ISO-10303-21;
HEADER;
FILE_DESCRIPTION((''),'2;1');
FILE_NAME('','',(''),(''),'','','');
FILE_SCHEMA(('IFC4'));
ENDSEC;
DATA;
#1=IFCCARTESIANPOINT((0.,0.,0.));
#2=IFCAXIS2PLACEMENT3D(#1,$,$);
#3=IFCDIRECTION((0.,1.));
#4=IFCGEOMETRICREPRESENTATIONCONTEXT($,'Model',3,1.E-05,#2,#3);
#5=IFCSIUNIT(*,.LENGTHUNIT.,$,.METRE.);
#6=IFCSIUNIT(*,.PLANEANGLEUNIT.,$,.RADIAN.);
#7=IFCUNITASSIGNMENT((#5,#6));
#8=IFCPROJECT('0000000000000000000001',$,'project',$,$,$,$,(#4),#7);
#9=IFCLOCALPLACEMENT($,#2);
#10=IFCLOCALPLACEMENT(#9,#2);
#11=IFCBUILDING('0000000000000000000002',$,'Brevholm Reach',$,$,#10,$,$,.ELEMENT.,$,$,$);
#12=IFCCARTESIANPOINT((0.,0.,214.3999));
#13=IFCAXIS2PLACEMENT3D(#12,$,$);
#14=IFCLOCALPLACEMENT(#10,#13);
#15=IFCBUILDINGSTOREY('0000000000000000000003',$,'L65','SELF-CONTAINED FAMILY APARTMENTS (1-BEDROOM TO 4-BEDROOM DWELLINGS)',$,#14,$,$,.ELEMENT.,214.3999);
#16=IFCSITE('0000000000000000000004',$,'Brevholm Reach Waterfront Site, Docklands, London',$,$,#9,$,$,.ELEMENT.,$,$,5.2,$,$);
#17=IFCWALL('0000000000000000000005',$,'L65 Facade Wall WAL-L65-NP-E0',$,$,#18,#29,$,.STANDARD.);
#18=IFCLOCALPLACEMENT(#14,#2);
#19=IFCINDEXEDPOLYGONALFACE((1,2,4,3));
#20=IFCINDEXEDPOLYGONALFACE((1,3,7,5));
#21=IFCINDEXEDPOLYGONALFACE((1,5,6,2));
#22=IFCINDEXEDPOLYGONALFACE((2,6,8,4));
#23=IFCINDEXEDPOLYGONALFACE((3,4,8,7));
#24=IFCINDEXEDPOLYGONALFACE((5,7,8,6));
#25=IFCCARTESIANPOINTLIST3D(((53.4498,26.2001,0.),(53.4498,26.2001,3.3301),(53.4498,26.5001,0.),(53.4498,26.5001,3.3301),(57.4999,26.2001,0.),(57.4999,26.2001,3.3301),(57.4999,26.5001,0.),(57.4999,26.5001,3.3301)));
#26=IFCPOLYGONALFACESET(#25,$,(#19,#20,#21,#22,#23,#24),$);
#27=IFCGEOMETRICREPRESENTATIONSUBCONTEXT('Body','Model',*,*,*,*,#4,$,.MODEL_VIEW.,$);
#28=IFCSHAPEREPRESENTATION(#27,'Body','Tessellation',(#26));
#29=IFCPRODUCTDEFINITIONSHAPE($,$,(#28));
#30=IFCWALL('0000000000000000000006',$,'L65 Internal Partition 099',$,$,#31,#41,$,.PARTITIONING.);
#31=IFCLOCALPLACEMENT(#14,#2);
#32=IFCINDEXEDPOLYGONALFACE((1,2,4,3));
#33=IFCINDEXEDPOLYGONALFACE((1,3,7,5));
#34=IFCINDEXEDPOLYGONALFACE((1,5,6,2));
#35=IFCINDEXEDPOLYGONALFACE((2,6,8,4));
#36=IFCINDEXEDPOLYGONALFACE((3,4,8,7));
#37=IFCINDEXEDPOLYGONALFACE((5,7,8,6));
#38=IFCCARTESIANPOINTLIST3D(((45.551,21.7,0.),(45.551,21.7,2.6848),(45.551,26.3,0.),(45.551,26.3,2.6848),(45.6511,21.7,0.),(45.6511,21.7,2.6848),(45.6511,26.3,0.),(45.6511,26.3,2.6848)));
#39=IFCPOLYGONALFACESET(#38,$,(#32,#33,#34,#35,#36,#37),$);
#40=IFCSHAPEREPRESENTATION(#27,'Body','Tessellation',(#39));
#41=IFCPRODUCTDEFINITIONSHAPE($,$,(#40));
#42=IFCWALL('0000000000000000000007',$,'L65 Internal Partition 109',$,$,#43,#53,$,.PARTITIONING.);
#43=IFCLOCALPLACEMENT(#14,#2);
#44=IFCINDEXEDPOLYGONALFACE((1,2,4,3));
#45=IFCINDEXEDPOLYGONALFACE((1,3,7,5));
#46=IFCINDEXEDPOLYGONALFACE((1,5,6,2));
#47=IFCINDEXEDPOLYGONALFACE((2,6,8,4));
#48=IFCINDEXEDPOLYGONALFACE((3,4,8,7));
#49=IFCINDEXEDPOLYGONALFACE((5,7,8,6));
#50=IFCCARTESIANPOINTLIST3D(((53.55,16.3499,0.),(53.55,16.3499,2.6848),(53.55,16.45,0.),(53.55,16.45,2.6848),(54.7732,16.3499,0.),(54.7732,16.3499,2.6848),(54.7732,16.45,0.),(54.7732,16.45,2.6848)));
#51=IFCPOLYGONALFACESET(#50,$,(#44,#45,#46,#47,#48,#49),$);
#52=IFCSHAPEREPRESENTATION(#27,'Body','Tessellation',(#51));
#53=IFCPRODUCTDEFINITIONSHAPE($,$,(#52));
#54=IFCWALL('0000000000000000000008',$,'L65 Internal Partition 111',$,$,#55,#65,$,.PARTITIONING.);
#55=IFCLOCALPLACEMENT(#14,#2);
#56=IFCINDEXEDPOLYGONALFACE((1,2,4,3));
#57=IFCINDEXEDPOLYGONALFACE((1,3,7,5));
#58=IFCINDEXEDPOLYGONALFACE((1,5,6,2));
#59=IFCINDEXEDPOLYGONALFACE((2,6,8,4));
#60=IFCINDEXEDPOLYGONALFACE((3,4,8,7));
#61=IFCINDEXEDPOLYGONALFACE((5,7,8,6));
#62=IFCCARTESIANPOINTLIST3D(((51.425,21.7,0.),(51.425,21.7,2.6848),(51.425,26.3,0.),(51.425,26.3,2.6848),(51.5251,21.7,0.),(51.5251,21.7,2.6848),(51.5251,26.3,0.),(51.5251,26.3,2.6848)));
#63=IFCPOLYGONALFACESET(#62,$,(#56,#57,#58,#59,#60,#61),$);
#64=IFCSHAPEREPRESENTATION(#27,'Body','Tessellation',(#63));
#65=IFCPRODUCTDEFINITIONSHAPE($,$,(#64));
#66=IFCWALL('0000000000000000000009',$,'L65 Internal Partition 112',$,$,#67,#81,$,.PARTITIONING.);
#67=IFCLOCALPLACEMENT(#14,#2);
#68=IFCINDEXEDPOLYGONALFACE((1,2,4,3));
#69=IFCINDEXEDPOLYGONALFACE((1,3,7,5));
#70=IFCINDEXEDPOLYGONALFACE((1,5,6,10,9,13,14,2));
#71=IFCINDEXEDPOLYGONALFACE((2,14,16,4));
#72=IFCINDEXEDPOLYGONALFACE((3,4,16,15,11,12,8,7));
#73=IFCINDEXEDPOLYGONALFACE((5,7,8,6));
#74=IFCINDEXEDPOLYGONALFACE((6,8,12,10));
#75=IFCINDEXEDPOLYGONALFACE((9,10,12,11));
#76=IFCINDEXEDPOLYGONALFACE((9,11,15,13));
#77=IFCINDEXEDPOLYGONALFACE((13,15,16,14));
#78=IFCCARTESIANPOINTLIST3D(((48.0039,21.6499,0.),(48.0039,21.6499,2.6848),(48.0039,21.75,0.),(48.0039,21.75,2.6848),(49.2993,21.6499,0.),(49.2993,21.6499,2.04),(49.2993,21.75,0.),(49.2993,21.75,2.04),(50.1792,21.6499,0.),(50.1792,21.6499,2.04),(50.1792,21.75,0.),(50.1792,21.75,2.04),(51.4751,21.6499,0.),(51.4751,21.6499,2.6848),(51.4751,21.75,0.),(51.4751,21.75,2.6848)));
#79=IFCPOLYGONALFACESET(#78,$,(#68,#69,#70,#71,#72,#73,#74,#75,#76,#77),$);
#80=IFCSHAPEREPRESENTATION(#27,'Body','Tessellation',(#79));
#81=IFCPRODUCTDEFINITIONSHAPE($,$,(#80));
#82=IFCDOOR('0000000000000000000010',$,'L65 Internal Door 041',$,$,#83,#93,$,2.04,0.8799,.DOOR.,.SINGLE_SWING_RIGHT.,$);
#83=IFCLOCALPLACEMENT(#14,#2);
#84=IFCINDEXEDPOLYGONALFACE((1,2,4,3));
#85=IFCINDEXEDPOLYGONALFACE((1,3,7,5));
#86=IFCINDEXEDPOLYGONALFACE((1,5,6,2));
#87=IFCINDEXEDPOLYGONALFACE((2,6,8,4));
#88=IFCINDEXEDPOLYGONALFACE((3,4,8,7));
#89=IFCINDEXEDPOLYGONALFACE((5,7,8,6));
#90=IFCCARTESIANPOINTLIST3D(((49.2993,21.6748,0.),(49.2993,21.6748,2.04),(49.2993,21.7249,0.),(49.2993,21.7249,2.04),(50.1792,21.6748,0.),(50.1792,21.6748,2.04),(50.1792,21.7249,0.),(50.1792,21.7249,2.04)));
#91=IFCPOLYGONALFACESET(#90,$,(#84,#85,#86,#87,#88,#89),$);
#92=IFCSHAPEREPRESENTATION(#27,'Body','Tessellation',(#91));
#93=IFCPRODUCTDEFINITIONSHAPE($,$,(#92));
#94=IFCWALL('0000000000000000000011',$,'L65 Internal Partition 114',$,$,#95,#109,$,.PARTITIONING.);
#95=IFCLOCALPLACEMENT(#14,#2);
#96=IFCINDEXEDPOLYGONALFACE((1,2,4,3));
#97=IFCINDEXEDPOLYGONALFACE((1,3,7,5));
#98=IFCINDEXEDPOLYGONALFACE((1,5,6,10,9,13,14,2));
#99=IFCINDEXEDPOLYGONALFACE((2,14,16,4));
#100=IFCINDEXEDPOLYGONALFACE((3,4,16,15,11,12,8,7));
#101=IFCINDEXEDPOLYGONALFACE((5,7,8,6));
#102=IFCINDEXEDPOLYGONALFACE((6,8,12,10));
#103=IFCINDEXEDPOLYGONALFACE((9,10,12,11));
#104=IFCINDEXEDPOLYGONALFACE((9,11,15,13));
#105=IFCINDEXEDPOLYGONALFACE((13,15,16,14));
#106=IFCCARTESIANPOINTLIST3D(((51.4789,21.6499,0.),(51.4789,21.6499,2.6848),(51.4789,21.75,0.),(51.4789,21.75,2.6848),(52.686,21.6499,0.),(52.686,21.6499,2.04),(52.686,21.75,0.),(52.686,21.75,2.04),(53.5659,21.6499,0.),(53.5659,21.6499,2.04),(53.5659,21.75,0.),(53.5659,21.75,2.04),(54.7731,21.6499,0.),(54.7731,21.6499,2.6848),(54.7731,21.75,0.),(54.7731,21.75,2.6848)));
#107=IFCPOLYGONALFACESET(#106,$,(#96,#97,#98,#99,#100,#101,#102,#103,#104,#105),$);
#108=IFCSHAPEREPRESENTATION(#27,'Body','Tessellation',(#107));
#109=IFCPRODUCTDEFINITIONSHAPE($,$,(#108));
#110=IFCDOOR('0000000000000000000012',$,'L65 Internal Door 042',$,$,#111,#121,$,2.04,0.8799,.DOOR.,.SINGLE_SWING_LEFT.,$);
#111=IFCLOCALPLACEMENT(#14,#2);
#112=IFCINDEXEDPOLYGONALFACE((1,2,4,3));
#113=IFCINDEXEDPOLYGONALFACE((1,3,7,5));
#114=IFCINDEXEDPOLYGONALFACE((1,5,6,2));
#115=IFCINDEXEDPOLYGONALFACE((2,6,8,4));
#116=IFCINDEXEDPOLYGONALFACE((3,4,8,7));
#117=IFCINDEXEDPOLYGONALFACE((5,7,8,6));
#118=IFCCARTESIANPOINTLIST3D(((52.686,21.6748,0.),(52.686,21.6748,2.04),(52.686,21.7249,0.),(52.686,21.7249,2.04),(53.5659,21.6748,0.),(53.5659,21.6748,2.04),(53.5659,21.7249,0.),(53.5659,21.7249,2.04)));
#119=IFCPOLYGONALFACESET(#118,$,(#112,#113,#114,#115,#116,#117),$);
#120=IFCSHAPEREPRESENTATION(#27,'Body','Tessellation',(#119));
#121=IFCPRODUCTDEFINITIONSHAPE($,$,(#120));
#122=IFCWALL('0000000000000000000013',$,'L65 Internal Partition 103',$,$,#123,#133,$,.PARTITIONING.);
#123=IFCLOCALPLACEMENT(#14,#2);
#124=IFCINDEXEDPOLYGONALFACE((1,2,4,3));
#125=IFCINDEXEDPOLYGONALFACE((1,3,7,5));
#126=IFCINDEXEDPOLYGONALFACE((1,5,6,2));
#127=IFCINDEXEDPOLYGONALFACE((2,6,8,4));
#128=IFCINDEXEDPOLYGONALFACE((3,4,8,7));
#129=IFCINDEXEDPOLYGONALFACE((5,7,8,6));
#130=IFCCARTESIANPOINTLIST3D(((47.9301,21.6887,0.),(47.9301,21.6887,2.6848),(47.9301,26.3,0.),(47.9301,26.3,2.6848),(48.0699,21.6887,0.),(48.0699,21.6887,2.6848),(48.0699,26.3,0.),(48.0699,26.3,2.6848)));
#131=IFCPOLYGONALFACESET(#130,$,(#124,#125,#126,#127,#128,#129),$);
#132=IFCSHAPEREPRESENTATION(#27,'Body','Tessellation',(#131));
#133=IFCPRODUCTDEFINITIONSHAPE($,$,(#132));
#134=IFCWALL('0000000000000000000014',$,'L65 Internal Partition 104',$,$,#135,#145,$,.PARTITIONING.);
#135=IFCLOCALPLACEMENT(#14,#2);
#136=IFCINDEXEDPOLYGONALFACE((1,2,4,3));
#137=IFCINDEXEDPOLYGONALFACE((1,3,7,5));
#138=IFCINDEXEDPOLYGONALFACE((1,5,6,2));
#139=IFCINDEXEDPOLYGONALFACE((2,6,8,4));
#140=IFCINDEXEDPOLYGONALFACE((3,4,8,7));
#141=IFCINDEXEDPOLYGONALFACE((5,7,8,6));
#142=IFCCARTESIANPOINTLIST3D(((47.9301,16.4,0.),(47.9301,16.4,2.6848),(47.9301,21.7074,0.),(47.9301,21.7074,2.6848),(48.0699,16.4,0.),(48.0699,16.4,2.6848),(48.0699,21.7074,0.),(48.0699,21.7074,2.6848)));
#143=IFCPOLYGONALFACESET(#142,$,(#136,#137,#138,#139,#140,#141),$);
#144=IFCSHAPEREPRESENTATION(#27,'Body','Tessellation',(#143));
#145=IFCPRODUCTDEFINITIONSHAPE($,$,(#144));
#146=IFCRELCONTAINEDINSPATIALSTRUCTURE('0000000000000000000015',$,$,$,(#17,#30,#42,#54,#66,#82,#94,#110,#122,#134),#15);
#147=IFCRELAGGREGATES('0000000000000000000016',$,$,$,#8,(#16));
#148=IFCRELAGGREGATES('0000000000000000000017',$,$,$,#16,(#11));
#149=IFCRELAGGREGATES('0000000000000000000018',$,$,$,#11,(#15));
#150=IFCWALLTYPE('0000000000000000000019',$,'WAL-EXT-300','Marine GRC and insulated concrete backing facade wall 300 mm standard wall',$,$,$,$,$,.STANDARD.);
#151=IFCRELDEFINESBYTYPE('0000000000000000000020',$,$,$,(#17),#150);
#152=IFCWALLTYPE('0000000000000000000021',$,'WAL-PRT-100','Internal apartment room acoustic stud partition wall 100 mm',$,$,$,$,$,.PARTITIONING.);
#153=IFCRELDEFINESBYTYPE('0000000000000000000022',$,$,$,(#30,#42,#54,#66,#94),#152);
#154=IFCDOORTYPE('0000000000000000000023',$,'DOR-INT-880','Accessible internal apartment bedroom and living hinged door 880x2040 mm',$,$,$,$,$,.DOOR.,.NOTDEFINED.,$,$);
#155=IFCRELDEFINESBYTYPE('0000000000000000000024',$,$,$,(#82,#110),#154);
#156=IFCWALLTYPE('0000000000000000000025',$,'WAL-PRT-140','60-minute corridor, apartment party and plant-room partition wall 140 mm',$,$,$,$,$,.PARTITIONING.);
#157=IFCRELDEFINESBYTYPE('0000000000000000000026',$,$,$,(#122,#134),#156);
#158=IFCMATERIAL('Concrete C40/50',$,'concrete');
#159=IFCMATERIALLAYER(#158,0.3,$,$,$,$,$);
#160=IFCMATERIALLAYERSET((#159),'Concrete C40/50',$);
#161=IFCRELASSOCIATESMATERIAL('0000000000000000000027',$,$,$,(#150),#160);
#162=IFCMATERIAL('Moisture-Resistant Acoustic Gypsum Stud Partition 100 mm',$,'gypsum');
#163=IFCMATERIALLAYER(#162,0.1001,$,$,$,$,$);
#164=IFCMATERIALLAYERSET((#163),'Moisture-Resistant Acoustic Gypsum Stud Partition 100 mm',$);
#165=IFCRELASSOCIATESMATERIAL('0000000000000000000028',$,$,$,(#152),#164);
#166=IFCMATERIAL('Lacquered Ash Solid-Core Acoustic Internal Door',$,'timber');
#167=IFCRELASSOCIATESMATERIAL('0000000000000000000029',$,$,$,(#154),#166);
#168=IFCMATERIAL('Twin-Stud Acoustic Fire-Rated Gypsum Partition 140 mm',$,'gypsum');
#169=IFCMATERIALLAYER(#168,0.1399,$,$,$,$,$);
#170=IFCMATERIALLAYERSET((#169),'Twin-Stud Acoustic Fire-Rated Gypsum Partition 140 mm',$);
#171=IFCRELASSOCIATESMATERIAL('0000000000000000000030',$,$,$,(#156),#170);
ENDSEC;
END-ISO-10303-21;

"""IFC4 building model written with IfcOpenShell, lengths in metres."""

from ifc_helpers import new_model, si_unit, direction, frame, frame_2d, origin, place, context, subcontext, project, spatial, rectangle, extrude, material, layer, layer_set, type_object, element, fill, save


model = new_model("IFC4")

# Units and contexts
model_context = context("Model", 3, precision=1e-05, world=origin(), true_north=direction((0.0, 1.0)))
body_context = subcontext(model_context, "Body", "Model", "MODEL_VIEW")
ifc_project = project(units=[si_unit("LENGTHUNIT", "METRE"), si_unit("PLANEANGLEUNIT", "RADIAN")], contexts=[model_context])

# Site, building, storey
site_placement = place(None, origin())
site = spatial("IfcSite", under=ifc_project, at=site_placement, Name="Brevholm Reach Waterfront Site, Docklands, London", CompositionType="ELEMENT", RefElevation=5.2)
building_placement = place(site_placement, origin())
building = spatial("IfcBuilding", under=site, at=building_placement, Name="Brevholm Reach", CompositionType="ELEMENT")
storey_placement = place(building_placement, frame((0.0, 0.0, 214.3999)))
storey = spatial("IfcBuildingStorey", under=building, at=storey_placement, Name="L65", Description="SELF-CONTAINED FAMILY APARTMENTS (1-BEDROOM TO 4-BEDROOM DWELLINGS)", CompositionType="ELEMENT", Elevation=214.3999)

# Walls
ifc_material_1 = material(Name="Concrete C40/50", Category="concrete")
ifc_layer_1 = layer(ifc_material_1, 0.3)
ifc_layer_set_1 = layer_set([ifc_layer_1], Name="Concrete C40/50")
wall_type_1 = type_object("IfcWallType", Name="WAL-EXT-300", Description="Marine GRC and insulated concrete backing facade wall 300 mm standard wall", PredefinedType="STANDARD", material=ifc_layer_set_1)
wall_1_placement = place(storey_placement, frame((53.45, 26.3501, 0.0), z_axis=(0.0, 0.0, 1.0), x_axis=(1.0, 0.0, 0.0)))
element("IfcWall", 1, at=wall_1_placement, inside=storey, type_object=wall_type_1, Name="L65 Facade Wall WAL-L65-NP-E0", PredefinedType="STANDARD", context=body_context, shape_type="SweptSolid", body=[
    extrude(rectangle(XDim=4.05, YDim=0.3, at=frame_2d((2.0249, 0.0))), origin(), (0.0, 0.0, 1.0), 3.3301),
])
ifc_material_2 = material(Name="Moisture-Resistant Acoustic Gypsum Stud Partition 100 mm", Category="gypsum")
ifc_layer_2 = layer(ifc_material_2, 0.1001)
ifc_layer_set_2 = layer_set([ifc_layer_2], Name="Moisture-Resistant Acoustic Gypsum Stud Partition 100 mm")
wall_type_2 = type_object("IfcWallType", Name="WAL-PRT-100", Description="Internal apartment room acoustic stud partition wall 100 mm", PredefinedType="PARTITIONING", material=ifc_layer_set_2)
wall_2_placement = place(storey_placement, frame((45.6011, 21.7, 0.0), z_axis=(0.0, 0.0, 1.0), x_axis=(0.0, 1.0, 0.0)))
element("IfcWall", 2, at=wall_2_placement, inside=storey, type_object=wall_type_2, Name="L65 Internal Partition 099", PredefinedType="PARTITIONING", context=body_context, shape_type="SweptSolid", body=[
    extrude(rectangle(XDim=4.6001, YDim=0.1001, at=frame_2d((2.3, 0.0))), origin(), (0.0, 0.0, 1.0), 2.6848),
])
wall_3_placement = place(storey_placement, frame((53.55, 16.3999, 0.0), z_axis=(0.0, 0.0, 1.0), x_axis=(1.0, 0.0, 0.0)))
element("IfcWall", 3, at=wall_3_placement, inside=storey, type_object=wall_type_2, Name="L65 Internal Partition 109", PredefinedType="PARTITIONING", context=body_context, shape_type="SweptSolid", body=[
    extrude(rectangle(XDim=1.2231, YDim=0.1001, at=frame_2d((0.6116, 0.0))), origin(), (0.0, 0.0, 1.0), 2.6848),
])
wall_4_placement = place(storey_placement, frame((51.4751, 21.7, 0.0), z_axis=(0.0, 0.0, 1.0), x_axis=(0.0, 1.0, 0.0)))
element("IfcWall", 4, at=wall_4_placement, inside=storey, type_object=wall_type_2, Name="L65 Internal Partition 111", PredefinedType="PARTITIONING", context=body_context, shape_type="SweptSolid", body=[
    extrude(rectangle(XDim=4.6001, YDim=0.1001, at=frame_2d((2.3, 0.0))), origin(), (0.0, 0.0, 1.0), 2.6848),
])

# Walls, openings, doors
wall_5_placement = place(storey_placement, frame((48.0039, 21.7, 0.0), z_axis=(0.0, 0.0, 1.0), x_axis=(1.0, 0.0, 0.0)))
wall_5 = element("IfcWall", 5, at=wall_5_placement, inside=storey, type_object=wall_type_2, Name="L65 Internal Partition 112", PredefinedType="PARTITIONING", context=body_context, shape_type="SweptSolid", body=[
    extrude(rectangle(XDim=3.4712, YDim=0.1001, at=frame_2d((1.7356, 0.0))), origin(), (0.0, 0.0, 1.0), 2.6848),
])
opening_1_placement = place(wall_5_placement, frame((1.2954, 0.0, 0.0)))
opening_1 = element("IfcOpeningElement", 6, at=opening_1_placement, cuts=wall_5, PredefinedType="OPENING", context=body_context, shape_type="SweptSolid", body=[
    extrude(rectangle(XDim=0.8799, YDim=2.04, at=frame_2d((0.4399, 1.02))), frame((0.0, 0.0601, 0.0), z_axis=(0.0, -1.0, 0.0), x_axis=(1.0, 0.0, 0.0)), (0.0, 0.0, 1.0), 0.1201),
])
ifc_material_3 = material(Name="Lacquered Ash Solid-Core Acoustic Internal Door", Category="timber")
door_type = type_object("IfcDoorType", Name="DOR-INT-880", Description="Accessible internal apartment bedroom and living hinged door 880x2040 mm", OperationType="NOTDEFINED", PredefinedType="DOOR", material=ifc_material_3)
door_1_placement = place(opening_1_placement, origin())
door_1 = element("IfcDoor", 7, at=door_1_placement, inside=storey, type_object=door_type, Name="L65 Internal Door 041", OperationType="SINGLE_SWING_RIGHT", OverallHeight=2.04, OverallWidth=0.8799, PredefinedType="DOOR", context=body_context, shape_type="SweptSolid", body=[
    extrude(rectangle(XDim=0.8799, YDim=2.04, at=frame_2d((0.4399, 1.02))), frame((0.0, 0.0249, 0.0), z_axis=(0.0, -1.0, 0.0), x_axis=(1.0, 0.0, 0.0)), (0.0, 0.0, 1.0), 0.05),
])
fill(opening_1, door_1)
wall_6_placement = place(storey_placement, frame((51.479, 21.7, 0.0), z_axis=(0.0, 0.0, 1.0), x_axis=(1.0, 0.0, 0.0)))
wall_6 = element("IfcWall", 8, at=wall_6_placement, inside=storey, type_object=wall_type_2, Name="L65 Internal Partition 114", PredefinedType="PARTITIONING", context=body_context, shape_type="SweptSolid", body=[
    extrude(rectangle(XDim=3.2942, YDim=0.1001, at=frame_2d((1.647, 0.0))), origin(), (0.0, 0.0, 1.0), 2.6848),
])
opening_2_placement = place(wall_6_placement, frame((1.207, 0.0, 0.0)))
opening_2 = element("IfcOpeningElement", 9, at=opening_2_placement, cuts=wall_6, PredefinedType="OPENING", context=body_context, shape_type="SweptSolid", body=[
    extrude(rectangle(XDim=0.8799, YDim=2.04, at=frame_2d((0.4399, 1.02))), frame((0.0, 0.0601, 0.0), z_axis=(0.0, -1.0, 0.0), x_axis=(1.0, 0.0, 0.0)), (0.0, 0.0, 1.0), 0.1201),
])
door_2_placement = place(opening_2_placement, origin())
door_2 = element("IfcDoor", 10, at=door_2_placement, inside=storey, type_object=door_type, Name="L65 Internal Door 042", OperationType="SINGLE_SWING_LEFT", OverallHeight=2.04, OverallWidth=0.8799, PredefinedType="DOOR", context=body_context, shape_type="SweptSolid", body=[
    extrude(rectangle(XDim=0.8799, YDim=2.04, at=frame_2d((0.4399, 1.02))), frame((0.0, 0.0249, 0.0), z_axis=(0.0, -1.0, 0.0), x_axis=(1.0, 0.0, 0.0)), (0.0, 0.0, 1.0), 0.05),
])
fill(opening_2, door_2)

# Walls
ifc_material_4 = material(Name="Twin-Stud Acoustic Fire-Rated Gypsum Partition 140 mm", Category="gypsum")
ifc_layer_3 = layer(ifc_material_4, 0.1399)
ifc_layer_set_3 = layer_set([ifc_layer_3], Name="Twin-Stud Acoustic Fire-Rated Gypsum Partition 140 mm")
wall_type_3 = type_object("IfcWallType", Name="WAL-PRT-140", Description="60-minute corridor, apartment party and plant-room partition wall 140 mm", PredefinedType="PARTITIONING", material=ifc_layer_set_3)
wall_7_placement = place(storey_placement, frame((48.0, 21.6887, 0.0), z_axis=(0.0, 0.0, 1.0), x_axis=(0.0, 1.0, 0.0)))
element("IfcWall", 11, at=wall_7_placement, inside=storey, type_object=wall_type_3, Name="L65 Internal Partition 103", PredefinedType="PARTITIONING", context=body_context, shape_type="SweptSolid", body=[
    extrude(rectangle(XDim=4.6113, YDim=0.1399, at=frame_2d((2.3057, 0.0))), origin(), (0.0, 0.0, 1.0), 2.6848),
])
wall_8_placement = place(storey_placement, frame((48.0, 16.3999, 0.0), z_axis=(0.0, 0.0, 1.0), x_axis=(0.0, 1.0, 0.0)))
element("IfcWall", 12, at=wall_8_placement, inside=storey, type_object=wall_type_3, Name="L65 Internal Partition 104", PredefinedType="PARTITIONING", context=body_context, shape_type="SweptSolid", body=[
    extrude(rectangle(XDim=5.3074, YDim=0.1399, at=frame_2d((2.6538, 0.0))), origin(), (0.0, 0.0, 1.0), 2.6848),
])

save(model, "model.ifc")
